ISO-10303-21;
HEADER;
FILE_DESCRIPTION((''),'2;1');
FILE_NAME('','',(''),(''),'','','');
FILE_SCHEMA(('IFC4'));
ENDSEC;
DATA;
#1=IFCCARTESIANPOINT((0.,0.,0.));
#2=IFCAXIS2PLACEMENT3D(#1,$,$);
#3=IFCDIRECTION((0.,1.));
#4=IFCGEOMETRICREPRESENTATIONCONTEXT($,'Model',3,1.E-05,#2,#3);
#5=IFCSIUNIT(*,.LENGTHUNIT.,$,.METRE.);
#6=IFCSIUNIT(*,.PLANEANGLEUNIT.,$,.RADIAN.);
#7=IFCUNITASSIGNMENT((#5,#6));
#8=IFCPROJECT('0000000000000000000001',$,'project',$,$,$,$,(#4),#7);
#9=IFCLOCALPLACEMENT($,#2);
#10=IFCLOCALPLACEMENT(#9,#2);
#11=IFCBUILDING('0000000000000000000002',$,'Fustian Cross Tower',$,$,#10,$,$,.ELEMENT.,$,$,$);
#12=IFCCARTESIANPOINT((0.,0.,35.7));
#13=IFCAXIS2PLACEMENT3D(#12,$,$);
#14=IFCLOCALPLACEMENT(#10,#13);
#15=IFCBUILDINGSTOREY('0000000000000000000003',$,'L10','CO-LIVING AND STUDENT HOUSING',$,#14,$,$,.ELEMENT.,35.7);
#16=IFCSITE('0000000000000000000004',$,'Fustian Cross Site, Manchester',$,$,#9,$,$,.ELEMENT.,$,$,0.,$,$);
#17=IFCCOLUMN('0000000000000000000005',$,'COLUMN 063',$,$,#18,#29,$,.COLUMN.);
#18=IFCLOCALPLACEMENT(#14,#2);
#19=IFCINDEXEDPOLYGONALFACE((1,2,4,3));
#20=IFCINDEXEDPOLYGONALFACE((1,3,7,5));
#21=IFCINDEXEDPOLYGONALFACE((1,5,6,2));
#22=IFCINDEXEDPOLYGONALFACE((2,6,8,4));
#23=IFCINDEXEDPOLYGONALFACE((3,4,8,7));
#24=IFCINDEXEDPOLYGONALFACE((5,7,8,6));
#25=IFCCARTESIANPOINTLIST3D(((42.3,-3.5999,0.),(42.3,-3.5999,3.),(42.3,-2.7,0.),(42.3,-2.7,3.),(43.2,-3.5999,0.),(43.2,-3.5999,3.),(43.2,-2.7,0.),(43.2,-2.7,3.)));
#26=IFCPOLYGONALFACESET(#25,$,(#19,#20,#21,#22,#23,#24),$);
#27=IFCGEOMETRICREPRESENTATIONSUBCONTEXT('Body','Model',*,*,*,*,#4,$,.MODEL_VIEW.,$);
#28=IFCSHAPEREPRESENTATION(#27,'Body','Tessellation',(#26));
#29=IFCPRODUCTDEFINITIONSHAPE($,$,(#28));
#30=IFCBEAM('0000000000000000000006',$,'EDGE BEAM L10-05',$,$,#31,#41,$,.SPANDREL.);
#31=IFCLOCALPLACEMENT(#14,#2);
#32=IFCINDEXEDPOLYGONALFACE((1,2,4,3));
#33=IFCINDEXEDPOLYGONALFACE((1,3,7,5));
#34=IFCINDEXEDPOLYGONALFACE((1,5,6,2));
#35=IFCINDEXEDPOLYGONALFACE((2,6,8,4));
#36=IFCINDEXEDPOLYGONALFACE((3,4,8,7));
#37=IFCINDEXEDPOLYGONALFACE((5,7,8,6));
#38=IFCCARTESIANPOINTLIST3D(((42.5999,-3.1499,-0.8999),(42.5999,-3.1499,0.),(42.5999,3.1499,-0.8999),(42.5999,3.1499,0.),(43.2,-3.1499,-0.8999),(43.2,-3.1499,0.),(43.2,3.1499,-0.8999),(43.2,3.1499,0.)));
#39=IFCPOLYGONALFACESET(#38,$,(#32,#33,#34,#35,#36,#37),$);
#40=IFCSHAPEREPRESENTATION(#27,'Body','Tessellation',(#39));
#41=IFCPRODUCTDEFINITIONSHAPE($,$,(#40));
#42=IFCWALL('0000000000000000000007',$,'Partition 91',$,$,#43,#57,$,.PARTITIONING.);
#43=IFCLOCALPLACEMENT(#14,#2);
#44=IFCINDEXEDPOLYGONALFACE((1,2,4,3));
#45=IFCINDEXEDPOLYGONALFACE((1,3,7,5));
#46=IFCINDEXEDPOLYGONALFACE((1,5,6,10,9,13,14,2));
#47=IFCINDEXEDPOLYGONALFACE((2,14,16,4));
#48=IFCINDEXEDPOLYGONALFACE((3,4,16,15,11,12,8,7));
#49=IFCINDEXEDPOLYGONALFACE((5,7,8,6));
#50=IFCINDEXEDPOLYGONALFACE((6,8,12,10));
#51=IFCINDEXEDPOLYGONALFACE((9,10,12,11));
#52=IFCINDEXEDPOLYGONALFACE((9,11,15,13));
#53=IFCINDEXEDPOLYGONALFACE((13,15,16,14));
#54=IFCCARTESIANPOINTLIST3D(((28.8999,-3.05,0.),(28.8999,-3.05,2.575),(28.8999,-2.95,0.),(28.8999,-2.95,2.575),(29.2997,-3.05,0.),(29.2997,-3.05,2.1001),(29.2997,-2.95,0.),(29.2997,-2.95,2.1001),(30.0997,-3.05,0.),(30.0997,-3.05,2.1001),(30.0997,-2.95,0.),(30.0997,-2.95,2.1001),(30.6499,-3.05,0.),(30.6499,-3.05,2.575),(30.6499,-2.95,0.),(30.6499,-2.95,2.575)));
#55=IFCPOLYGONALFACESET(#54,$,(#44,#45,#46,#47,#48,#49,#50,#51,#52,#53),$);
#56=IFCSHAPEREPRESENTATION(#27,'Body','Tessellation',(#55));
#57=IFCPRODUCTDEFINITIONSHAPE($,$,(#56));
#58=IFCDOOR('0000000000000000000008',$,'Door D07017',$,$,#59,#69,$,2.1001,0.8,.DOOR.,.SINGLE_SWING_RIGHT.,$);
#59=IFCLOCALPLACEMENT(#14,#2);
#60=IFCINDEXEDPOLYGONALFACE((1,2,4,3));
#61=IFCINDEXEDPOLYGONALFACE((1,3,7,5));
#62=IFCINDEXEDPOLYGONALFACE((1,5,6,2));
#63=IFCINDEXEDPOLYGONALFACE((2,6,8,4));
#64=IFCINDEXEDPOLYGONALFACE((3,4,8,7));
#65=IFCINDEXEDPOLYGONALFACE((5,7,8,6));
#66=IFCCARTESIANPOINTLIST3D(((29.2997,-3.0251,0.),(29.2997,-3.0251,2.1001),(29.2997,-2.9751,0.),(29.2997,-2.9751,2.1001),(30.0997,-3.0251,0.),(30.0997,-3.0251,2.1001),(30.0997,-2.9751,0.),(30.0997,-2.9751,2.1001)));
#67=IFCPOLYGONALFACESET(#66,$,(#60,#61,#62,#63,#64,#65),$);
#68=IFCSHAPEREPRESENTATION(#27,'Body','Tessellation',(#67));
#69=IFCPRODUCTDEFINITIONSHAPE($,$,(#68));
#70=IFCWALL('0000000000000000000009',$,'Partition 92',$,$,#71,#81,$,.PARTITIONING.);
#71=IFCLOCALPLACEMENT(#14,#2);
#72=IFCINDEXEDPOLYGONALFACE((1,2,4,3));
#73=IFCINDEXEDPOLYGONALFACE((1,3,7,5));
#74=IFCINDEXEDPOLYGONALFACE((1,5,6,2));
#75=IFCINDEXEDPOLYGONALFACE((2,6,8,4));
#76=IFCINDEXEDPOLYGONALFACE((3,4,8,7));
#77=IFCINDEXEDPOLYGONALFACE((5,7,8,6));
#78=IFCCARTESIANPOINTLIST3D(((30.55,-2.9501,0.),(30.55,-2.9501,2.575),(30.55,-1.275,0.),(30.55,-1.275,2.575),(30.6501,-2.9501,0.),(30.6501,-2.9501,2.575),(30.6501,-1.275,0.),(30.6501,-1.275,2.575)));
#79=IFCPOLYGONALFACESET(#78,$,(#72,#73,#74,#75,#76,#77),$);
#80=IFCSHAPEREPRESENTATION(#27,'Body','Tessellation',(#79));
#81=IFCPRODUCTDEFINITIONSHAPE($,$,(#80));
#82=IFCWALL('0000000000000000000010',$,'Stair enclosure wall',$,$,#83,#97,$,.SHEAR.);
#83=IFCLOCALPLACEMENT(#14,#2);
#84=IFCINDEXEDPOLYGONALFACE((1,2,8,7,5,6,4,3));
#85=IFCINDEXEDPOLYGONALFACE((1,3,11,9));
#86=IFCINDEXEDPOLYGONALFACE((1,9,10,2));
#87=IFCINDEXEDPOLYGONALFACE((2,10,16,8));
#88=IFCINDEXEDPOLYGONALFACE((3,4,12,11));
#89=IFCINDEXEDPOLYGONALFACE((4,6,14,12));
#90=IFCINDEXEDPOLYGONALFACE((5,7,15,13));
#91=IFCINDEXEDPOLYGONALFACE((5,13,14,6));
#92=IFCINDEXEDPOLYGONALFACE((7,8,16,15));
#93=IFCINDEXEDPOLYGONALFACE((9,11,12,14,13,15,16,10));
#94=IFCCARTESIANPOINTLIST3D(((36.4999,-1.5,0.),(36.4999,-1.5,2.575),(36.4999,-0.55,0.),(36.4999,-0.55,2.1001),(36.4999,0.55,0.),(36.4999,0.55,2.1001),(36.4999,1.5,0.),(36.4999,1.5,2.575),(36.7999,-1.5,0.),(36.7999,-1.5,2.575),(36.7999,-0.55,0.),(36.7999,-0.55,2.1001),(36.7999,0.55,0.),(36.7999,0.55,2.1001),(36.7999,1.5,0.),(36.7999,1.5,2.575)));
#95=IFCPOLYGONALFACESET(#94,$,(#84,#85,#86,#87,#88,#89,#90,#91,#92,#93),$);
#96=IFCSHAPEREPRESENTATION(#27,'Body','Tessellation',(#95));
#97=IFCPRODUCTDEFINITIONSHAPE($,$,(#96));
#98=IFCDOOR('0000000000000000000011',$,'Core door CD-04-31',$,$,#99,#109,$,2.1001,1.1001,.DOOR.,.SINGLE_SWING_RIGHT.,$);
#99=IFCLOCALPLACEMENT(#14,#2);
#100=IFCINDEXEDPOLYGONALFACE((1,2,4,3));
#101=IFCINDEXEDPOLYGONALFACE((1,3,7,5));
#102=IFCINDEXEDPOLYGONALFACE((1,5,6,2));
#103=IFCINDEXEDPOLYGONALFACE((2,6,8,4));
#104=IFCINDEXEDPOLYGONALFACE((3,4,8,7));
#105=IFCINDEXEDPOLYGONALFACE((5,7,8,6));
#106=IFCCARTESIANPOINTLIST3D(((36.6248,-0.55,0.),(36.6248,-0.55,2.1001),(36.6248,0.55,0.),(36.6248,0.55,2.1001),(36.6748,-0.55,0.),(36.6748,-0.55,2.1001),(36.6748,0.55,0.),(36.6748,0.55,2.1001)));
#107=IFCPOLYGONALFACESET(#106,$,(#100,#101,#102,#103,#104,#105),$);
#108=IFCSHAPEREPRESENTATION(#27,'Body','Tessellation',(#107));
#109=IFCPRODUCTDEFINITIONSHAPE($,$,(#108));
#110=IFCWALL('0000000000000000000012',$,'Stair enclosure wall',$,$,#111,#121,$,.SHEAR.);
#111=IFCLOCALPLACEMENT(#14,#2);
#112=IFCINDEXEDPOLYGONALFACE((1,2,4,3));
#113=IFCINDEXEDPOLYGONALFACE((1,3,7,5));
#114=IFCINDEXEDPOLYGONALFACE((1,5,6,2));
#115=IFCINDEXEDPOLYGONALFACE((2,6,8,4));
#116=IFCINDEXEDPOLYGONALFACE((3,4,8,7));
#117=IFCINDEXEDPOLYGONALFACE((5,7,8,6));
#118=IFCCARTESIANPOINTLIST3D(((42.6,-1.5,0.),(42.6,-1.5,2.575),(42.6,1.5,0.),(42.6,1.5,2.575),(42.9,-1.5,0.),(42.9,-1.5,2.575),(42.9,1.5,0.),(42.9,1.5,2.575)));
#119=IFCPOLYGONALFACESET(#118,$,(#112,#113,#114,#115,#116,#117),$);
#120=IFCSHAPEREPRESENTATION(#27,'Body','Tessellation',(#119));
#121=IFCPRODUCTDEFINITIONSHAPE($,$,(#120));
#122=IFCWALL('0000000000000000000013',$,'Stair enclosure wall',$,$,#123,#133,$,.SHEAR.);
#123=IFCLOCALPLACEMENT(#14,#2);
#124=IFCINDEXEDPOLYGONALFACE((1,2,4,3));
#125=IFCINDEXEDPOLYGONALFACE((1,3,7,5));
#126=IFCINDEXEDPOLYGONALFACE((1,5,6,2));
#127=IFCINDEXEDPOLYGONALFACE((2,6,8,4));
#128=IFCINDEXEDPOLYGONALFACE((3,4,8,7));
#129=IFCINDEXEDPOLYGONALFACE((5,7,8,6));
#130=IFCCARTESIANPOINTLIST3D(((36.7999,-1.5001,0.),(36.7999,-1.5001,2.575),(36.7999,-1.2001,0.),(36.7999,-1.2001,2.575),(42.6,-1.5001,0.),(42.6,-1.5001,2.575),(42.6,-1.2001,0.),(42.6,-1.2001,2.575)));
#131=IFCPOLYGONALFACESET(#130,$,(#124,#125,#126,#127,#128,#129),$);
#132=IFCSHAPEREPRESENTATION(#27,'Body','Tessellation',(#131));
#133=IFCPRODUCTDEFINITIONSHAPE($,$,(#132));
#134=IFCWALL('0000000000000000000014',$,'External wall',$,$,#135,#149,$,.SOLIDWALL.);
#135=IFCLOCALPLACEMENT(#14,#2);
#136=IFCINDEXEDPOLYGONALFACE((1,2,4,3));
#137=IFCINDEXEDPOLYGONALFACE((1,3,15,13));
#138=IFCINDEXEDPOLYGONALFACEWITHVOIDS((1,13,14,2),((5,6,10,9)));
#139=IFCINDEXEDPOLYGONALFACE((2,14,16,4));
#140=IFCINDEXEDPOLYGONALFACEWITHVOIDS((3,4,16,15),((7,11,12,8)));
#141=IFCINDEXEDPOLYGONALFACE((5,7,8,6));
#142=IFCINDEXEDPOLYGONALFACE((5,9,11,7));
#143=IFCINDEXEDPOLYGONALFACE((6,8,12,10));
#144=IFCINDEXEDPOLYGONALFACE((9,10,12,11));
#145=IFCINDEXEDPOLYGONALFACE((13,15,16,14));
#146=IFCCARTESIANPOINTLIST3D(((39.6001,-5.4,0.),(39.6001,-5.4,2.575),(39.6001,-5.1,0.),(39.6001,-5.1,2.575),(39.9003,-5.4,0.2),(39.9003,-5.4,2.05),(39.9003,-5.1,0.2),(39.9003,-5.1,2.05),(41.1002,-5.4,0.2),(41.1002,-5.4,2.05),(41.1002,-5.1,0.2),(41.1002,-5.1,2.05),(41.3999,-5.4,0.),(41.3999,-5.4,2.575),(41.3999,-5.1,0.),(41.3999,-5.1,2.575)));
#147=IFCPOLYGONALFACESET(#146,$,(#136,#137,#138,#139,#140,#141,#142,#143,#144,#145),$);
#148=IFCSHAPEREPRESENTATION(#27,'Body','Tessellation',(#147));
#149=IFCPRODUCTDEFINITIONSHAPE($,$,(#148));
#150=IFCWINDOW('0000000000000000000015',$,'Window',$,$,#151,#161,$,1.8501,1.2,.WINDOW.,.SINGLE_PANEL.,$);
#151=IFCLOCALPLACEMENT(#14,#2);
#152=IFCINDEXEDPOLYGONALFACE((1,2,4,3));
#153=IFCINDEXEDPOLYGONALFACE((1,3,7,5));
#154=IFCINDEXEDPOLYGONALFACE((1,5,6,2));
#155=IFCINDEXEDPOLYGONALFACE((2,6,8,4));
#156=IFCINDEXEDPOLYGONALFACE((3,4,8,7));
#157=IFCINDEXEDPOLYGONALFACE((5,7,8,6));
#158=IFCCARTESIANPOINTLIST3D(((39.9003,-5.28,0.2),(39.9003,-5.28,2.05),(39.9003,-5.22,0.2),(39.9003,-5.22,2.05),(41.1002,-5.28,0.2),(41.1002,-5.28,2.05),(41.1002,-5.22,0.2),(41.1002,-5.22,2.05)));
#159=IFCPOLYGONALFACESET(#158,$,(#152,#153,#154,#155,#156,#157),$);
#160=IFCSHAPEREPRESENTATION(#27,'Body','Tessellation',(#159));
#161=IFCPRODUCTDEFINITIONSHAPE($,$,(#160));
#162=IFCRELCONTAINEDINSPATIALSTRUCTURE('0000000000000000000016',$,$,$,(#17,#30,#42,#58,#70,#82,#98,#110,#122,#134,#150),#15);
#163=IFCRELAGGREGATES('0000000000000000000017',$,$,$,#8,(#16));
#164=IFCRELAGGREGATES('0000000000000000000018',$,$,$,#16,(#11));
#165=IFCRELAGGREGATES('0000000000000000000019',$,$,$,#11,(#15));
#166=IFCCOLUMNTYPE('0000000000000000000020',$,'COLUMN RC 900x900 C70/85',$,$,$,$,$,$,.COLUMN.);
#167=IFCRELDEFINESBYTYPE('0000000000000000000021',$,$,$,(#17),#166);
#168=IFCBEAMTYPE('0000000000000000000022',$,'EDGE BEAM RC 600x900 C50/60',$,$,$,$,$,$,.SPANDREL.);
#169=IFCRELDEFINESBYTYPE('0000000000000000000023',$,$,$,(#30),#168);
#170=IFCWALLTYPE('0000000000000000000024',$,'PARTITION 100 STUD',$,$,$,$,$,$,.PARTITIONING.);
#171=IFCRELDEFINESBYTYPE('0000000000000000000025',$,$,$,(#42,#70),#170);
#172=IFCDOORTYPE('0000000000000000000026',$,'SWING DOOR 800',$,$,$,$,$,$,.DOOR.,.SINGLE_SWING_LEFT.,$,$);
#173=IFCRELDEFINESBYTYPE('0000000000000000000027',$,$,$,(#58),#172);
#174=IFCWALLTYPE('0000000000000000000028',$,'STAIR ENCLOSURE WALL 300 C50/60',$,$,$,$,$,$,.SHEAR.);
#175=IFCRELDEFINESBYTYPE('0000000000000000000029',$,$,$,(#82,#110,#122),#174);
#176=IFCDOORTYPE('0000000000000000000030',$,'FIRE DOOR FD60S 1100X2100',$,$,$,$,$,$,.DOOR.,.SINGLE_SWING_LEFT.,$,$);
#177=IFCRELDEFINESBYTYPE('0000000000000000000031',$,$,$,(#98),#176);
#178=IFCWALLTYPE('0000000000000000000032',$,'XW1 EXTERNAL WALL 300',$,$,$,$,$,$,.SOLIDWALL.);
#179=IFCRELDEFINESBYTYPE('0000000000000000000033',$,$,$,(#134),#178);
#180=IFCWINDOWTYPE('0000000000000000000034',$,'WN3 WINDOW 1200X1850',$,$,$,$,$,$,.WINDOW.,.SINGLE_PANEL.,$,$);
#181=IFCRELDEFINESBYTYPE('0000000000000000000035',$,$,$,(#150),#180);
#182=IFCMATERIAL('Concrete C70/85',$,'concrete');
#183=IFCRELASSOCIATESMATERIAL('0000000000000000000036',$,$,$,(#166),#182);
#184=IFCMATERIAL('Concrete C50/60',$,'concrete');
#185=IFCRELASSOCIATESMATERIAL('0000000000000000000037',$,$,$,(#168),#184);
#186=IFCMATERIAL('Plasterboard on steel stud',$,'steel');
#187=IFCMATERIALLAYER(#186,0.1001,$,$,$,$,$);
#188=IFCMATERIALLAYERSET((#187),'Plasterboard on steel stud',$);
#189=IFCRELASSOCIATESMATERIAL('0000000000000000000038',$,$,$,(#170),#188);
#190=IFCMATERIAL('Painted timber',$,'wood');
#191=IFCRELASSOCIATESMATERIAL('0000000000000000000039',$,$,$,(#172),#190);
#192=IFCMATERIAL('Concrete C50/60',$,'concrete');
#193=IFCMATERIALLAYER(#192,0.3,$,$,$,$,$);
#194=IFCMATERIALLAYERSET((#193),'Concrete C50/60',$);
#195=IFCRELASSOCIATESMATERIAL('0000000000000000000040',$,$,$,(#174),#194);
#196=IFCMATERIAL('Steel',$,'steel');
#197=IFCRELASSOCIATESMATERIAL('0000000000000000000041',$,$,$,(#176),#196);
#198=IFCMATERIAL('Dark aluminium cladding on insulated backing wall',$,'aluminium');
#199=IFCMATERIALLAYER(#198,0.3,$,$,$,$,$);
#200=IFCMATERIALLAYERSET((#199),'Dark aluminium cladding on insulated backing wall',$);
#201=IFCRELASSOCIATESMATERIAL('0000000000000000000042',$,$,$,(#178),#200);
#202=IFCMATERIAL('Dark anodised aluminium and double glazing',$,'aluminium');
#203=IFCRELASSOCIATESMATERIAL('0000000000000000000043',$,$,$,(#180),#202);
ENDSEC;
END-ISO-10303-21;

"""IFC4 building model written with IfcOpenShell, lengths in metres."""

from ifc_helpers import new_model, si_unit, direction, frame, frame_2d, origin, origin_2d, place, context, subcontext, project, spatial, rectangle, extrude, material, layer, layer_set, material_profile, profile_set, type_object, element, fill, save


model = new_model("IFC4")

# Units and contexts
model_context = context("Model", 3, precision=1e-05, world=origin(), true_north=direction((0.0, 1.0)))
body_context = subcontext(model_context, "Body", "Model", "MODEL_VIEW")
ifc_project = project(units=[si_unit("LENGTHUNIT", "METRE"), si_unit("PLANEANGLEUNIT", "RADIAN")], contexts=[model_context])

# Site, building, storey
site_placement = place(None, origin())
site = spatial("IfcSite", under=ifc_project, at=site_placement, Name="Fustian Cross Site, Manchester", CompositionType="ELEMENT", RefElevation=0.0)
building_placement = place(site_placement, origin())
building = spatial("IfcBuilding", under=site, at=building_placement, Name="Fustian Cross Tower", CompositionType="ELEMENT")
storey_placement = place(building_placement, frame((0.0, 0.0, 35.7)))
storey = spatial("IfcBuildingStorey", under=building, at=storey_placement, Name="L10", Description="CO-LIVING AND STUDENT HOUSING", CompositionType="ELEMENT", Elevation=35.7)

# Column
ifc_material_1 = material(Name="Concrete C70/85", Category="concrete")
ifc_material_profile_1 = material_profile(ifc_material_1, rectangle(XDim=0.8999, YDim=0.8999, at=origin_2d()), Name="RC 900x900")
ifc_profile_set_1 = profile_set([ifc_material_profile_1], Name="Concrete C70/85")
column_type = type_object("IfcColumnType", Name="COLUMN RC 900x900 C70/85", PredefinedType="COLUMN", material=ifc_profile_set_1)
column_placement = place(storey_placement, frame((42.75, -3.1499, 0.0), z_axis=(0.0, 0.0, 1.0), x_axis=(1.0, 0.0, 0.0)))
element("IfcColumn", 1, at=column_placement, inside=storey, type_object=column_type, Name="COLUMN 063", PredefinedType="COLUMN", context=body_context, shape_type="SweptSolid", body=[
    extrude(rectangle(XDim=0.8999, YDim=0.8999, at=origin_2d()), origin(), (0.0, 0.0, 1.0), 3.0),
])

# Beam
ifc_material_2 = material(Name="Concrete C50/60", Category="concrete")
ifc_material_profile_2 = material_profile(ifc_material_2, rectangle(XDim=0.6001, YDim=0.8999, at=origin_2d()), Name="RC 600x900")
ifc_profile_set_2 = profile_set([ifc_material_profile_2], Name="Concrete C50/60")
beam_type = type_object("IfcBeamType", Name="EDGE BEAM RC 600x900 C50/60", PredefinedType="SPANDREL", material=ifc_profile_set_2)
beam_placement = place(storey_placement, frame((42.8999, -3.1499, -0.45), z_axis=(0.0, 1.0, 0.0), x_axis=(-1.0, 0.0, 0.0)))
element("IfcBeam", 2, at=beam_placement, inside=storey, type_object=beam_type, Name="EDGE BEAM L10-05", PredefinedType="SPANDREL", context=body_context, shape_type="SweptSolid", body=[
    extrude(rectangle(XDim=0.6001, YDim=0.8999, at=origin_2d()), origin(), (0.0, 0.0, 1.0), 6.2998),
])

# Wall, opening, door
ifc_material_3 = material(Name="Plasterboard on steel stud", Category="steel")
ifc_layer_1 = layer(ifc_material_3, 0.1001)
ifc_layer_set_1 = layer_set([ifc_layer_1], Name="Plasterboard on steel stud")
wall_type_1 = type_object("IfcWallType", Name="PARTITION 100 STUD", PredefinedType="PARTITIONING", material=ifc_layer_set_1)
wall_1_placement = place(storey_placement, frame((28.8999, -3.0, 0.0), z_axis=(0.0, 0.0, 1.0), x_axis=(1.0, 0.0, 0.0)))
wall_1 = element("IfcWall", 3, at=wall_1_placement, inside=storey, type_object=wall_type_1, Name="Partition 91", PredefinedType="PARTITIONING", context=body_context, shape_type="SweptSolid", body=[
    extrude(rectangle(XDim=1.75, YDim=0.1001, at=frame_2d((0.875, 0.0))), origin(), (0.0, 0.0, 1.0), 2.575),
])
opening_1_placement = place(wall_1_placement, frame((0.3999, 0.0, 0.0)))
opening_1 = element("IfcOpeningElement", 4, at=opening_1_placement, cuts=wall_1, PredefinedType="OPENING", context=body_context, shape_type="SweptSolid", body=[
    extrude(rectangle(XDim=0.8, YDim=2.1001, at=frame_2d((0.3999, 1.05))), frame((0.0, 0.0601, 0.0), z_axis=(0.0, -1.0, 0.0), x_axis=(1.0, 0.0, 0.0)), (0.0, 0.0, 1.0), 0.1201),
])
ifc_material_4 = material(Name="Painted timber", Category="wood")
door_type_1 = type_object("IfcDoorType", Name="SWING DOOR 800", OperationType="SINGLE_SWING_LEFT", PredefinedType="DOOR", material=ifc_material_4)
door_1_placement = place(opening_1_placement, origin())
door_1 = element("IfcDoor", 5, at=door_1_placement, inside=storey, type_object=door_type_1, Name="Door D07017", OperationType="SINGLE_SWING_RIGHT", OverallHeight=2.1001, OverallWidth=0.8, PredefinedType="DOOR", context=body_context, shape_type="SweptSolid", body=[
    extrude(rectangle(XDim=0.8, YDim=2.1001, at=frame_2d((0.3999, 1.05))), frame((0.0, 0.0249, 0.0), z_axis=(0.0, -1.0, 0.0), x_axis=(1.0, 0.0, 0.0)), (0.0, 0.0, 1.0), 0.05),
])
fill(opening_1, door_1)

# Wall
wall_2_placement = place(storey_placement, frame((30.6001, -2.95, 0.0), z_axis=(0.0, 0.0, 1.0), x_axis=(0.0, 1.0, 0.0)))
element("IfcWall", 6, at=wall_2_placement, inside=storey, type_object=wall_type_1, Name="Partition 92", PredefinedType="PARTITIONING", context=body_context, shape_type="SweptSolid", body=[
    extrude(rectangle(XDim=1.675, YDim=0.1001, at=frame_2d((0.8374, 0.0))), origin(), (0.0, 0.0, 1.0), 2.575),
])

# Wall, opening, door
ifc_material_5 = material(Name="Concrete C50/60", Category="concrete")
ifc_layer_2 = layer(ifc_material_5, 0.3)
ifc_layer_set_2 = layer_set([ifc_layer_2], Name="Concrete C50/60")
wall_type_2 = type_object("IfcWallType", Name="STAIR ENCLOSURE WALL 300 C50/60", PredefinedType="SHEAR", material=ifc_layer_set_2)
wall_3_placement = place(storey_placement, frame((36.6499, -1.5, 0.0), z_axis=(0.0, 0.0, 1.0), x_axis=(0.0, 1.0, 0.0)))
wall_3 = element("IfcWall", 7, at=wall_3_placement, inside=storey, type_object=wall_type_2, Name="Stair enclosure wall", PredefinedType="SHEAR", context=body_context, shape_type="SweptSolid", body=[
    extrude(rectangle(XDim=3.0, YDim=0.3, at=frame_2d((1.5, 0.0))), origin(), (0.0, 0.0, 1.0), 2.575),
])
opening_2_placement = place(wall_3_placement, frame((0.95, 0.0, 0.0)))
opening_2 = element("IfcOpeningElement", 8, at=opening_2_placement, cuts=wall_3, PredefinedType="OPENING", context=body_context, shape_type="SweptSolid", body=[
    extrude(rectangle(XDim=1.1001, YDim=2.1001, at=frame_2d((0.55, 1.05))), frame((0.0, 0.1599, 0.0), z_axis=(0.0, -1.0, 0.0), x_axis=(1.0, 0.0, 0.0)), (0.0, 0.0, 1.0), 0.3201),
])
ifc_material_6 = material(Name="Steel", Category="steel")
door_type_2 = type_object("IfcDoorType", Name="FIRE DOOR FD60S 1100X2100", OperationType="SINGLE_SWING_LEFT", PredefinedType="DOOR", material=ifc_material_6)
door_2_placement = place(opening_2_placement, frame((1.1001, 0.0, 0.0), z_axis=(0.0, 0.0, 1.0), x_axis=(-1.0, 0.0, 0.0)))
door_2 = element("IfcDoor", 9, at=door_2_placement, inside=storey, type_object=door_type_2, Name="Core door CD-04-31", OperationType="SINGLE_SWING_RIGHT", OverallHeight=2.1001, OverallWidth=1.1001, PredefinedType="DOOR", context=body_context, shape_type="SweptSolid", body=[
    extrude(rectangle(XDim=1.1001, YDim=2.1001, at=frame_2d((0.55, 1.05))), frame((0.0, 0.0249, 0.0), z_axis=(0.0, -1.0, 0.0), x_axis=(1.0, 0.0, 0.0)), (0.0, 0.0, 1.0), 0.05),
])
fill(opening_2, door_2)

# Walls
wall_4_placement = place(storey_placement, frame((42.75, -1.5, 0.0), z_axis=(0.0, 0.0, 1.0), x_axis=(0.0, 1.0, 0.0)))
element("IfcWall", 10, at=wall_4_placement, inside=storey, type_object=wall_type_2, Name="Stair enclosure wall", PredefinedType="SHEAR", context=body_context, shape_type="SweptSolid", body=[
    extrude(rectangle(XDim=3.0, YDim=0.3, at=frame_2d((1.5, 0.0))), origin(), (0.0, 0.0, 1.0), 2.575),
])
wall_5_placement = place(storey_placement, frame((36.8, -1.3501, 0.0), z_axis=(0.0, 0.0, 1.0), x_axis=(1.0, 0.0, 0.0)))
element("IfcWall", 11, at=wall_5_placement, inside=storey, type_object=wall_type_2, Name="Stair enclosure wall", PredefinedType="SHEAR", context=body_context, shape_type="SweptSolid", body=[
    extrude(rectangle(XDim=5.8, YDim=0.3, at=frame_2d((2.8999, 0.0))), origin(), (0.0, 0.0, 1.0), 2.575),
])

# Wall, opening, window
ifc_material_7 = material(Name="Dark aluminium cladding on insulated backing wall", Category="aluminium")
ifc_layer_3 = layer(ifc_material_7, 0.3)
ifc_layer_set_3 = layer_set([ifc_layer_3], Name="Dark aluminium cladding on insulated backing wall")
wall_type_3 = type_object("IfcWallType", Name="XW1 EXTERNAL WALL 300", PredefinedType="SOLIDWALL", material=ifc_layer_set_3)
wall_6_placement = place(storey_placement, frame((39.6001, -5.25, 0.0), z_axis=(0.0, 0.0, 1.0), x_axis=(1.0, 0.0, 0.0)))
wall_6 = element("IfcWall", 12, at=wall_6_placement, inside=storey, type_object=wall_type_3, Name="External wall", PredefinedType="SOLIDWALL", context=body_context, shape_type="SweptSolid", body=[
    extrude(rectangle(XDim=1.7998, YDim=0.3, at=frame_2d((0.8999, 0.0))), origin(), (0.0, 0.0, 1.0), 2.575),
])
opening_3_placement = place(wall_6_placement, frame((0.3, 0.0, 0.2)))
opening_3 = element("IfcOpeningElement", 13, at=opening_3_placement, cuts=wall_6, PredefinedType="OPENING", context=body_context, shape_type="SweptSolid", body=[
    extrude(rectangle(XDim=1.2, YDim=1.8501, at=frame_2d((0.6001, 0.925))), frame((0.0, 0.1599, 0.0), z_axis=(0.0, -1.0, 0.0), x_axis=(1.0, 0.0, 0.0)), (0.0, 0.0, 1.0), 0.3201),
])
ifc_material_8 = material(Name="Dark anodised aluminium and double glazing", Category="aluminium")
window_type_1 = type_object("IfcWindowType", Name="WN3 WINDOW 1200X1850", PartitioningType="SINGLE_PANEL", PredefinedType="WINDOW", material=ifc_material_8)
window_1_placement = place(opening_3_placement, origin())
window_1 = element("IfcWindow", 14, at=window_1_placement, inside=storey, type_object=window_type_1, Name="Window", OverallHeight=1.8501, OverallWidth=1.2, PartitioningType="SINGLE_PANEL", PredefinedType="WINDOW", context=body_context, shape_type="SweptSolid", body=[
    extrude(rectangle(XDim=1.2, YDim=1.8501, at=frame_2d((0.6001, 0.925))), frame((0.0, 0.03, 0.0), z_axis=(0.0, -1.0, 0.0), x_axis=(1.0, 0.0, 0.0)), (0.0, 0.0, 1.0), 0.0601),
])
fill(opening_3, window_1)

save(model, "model.ifc")
